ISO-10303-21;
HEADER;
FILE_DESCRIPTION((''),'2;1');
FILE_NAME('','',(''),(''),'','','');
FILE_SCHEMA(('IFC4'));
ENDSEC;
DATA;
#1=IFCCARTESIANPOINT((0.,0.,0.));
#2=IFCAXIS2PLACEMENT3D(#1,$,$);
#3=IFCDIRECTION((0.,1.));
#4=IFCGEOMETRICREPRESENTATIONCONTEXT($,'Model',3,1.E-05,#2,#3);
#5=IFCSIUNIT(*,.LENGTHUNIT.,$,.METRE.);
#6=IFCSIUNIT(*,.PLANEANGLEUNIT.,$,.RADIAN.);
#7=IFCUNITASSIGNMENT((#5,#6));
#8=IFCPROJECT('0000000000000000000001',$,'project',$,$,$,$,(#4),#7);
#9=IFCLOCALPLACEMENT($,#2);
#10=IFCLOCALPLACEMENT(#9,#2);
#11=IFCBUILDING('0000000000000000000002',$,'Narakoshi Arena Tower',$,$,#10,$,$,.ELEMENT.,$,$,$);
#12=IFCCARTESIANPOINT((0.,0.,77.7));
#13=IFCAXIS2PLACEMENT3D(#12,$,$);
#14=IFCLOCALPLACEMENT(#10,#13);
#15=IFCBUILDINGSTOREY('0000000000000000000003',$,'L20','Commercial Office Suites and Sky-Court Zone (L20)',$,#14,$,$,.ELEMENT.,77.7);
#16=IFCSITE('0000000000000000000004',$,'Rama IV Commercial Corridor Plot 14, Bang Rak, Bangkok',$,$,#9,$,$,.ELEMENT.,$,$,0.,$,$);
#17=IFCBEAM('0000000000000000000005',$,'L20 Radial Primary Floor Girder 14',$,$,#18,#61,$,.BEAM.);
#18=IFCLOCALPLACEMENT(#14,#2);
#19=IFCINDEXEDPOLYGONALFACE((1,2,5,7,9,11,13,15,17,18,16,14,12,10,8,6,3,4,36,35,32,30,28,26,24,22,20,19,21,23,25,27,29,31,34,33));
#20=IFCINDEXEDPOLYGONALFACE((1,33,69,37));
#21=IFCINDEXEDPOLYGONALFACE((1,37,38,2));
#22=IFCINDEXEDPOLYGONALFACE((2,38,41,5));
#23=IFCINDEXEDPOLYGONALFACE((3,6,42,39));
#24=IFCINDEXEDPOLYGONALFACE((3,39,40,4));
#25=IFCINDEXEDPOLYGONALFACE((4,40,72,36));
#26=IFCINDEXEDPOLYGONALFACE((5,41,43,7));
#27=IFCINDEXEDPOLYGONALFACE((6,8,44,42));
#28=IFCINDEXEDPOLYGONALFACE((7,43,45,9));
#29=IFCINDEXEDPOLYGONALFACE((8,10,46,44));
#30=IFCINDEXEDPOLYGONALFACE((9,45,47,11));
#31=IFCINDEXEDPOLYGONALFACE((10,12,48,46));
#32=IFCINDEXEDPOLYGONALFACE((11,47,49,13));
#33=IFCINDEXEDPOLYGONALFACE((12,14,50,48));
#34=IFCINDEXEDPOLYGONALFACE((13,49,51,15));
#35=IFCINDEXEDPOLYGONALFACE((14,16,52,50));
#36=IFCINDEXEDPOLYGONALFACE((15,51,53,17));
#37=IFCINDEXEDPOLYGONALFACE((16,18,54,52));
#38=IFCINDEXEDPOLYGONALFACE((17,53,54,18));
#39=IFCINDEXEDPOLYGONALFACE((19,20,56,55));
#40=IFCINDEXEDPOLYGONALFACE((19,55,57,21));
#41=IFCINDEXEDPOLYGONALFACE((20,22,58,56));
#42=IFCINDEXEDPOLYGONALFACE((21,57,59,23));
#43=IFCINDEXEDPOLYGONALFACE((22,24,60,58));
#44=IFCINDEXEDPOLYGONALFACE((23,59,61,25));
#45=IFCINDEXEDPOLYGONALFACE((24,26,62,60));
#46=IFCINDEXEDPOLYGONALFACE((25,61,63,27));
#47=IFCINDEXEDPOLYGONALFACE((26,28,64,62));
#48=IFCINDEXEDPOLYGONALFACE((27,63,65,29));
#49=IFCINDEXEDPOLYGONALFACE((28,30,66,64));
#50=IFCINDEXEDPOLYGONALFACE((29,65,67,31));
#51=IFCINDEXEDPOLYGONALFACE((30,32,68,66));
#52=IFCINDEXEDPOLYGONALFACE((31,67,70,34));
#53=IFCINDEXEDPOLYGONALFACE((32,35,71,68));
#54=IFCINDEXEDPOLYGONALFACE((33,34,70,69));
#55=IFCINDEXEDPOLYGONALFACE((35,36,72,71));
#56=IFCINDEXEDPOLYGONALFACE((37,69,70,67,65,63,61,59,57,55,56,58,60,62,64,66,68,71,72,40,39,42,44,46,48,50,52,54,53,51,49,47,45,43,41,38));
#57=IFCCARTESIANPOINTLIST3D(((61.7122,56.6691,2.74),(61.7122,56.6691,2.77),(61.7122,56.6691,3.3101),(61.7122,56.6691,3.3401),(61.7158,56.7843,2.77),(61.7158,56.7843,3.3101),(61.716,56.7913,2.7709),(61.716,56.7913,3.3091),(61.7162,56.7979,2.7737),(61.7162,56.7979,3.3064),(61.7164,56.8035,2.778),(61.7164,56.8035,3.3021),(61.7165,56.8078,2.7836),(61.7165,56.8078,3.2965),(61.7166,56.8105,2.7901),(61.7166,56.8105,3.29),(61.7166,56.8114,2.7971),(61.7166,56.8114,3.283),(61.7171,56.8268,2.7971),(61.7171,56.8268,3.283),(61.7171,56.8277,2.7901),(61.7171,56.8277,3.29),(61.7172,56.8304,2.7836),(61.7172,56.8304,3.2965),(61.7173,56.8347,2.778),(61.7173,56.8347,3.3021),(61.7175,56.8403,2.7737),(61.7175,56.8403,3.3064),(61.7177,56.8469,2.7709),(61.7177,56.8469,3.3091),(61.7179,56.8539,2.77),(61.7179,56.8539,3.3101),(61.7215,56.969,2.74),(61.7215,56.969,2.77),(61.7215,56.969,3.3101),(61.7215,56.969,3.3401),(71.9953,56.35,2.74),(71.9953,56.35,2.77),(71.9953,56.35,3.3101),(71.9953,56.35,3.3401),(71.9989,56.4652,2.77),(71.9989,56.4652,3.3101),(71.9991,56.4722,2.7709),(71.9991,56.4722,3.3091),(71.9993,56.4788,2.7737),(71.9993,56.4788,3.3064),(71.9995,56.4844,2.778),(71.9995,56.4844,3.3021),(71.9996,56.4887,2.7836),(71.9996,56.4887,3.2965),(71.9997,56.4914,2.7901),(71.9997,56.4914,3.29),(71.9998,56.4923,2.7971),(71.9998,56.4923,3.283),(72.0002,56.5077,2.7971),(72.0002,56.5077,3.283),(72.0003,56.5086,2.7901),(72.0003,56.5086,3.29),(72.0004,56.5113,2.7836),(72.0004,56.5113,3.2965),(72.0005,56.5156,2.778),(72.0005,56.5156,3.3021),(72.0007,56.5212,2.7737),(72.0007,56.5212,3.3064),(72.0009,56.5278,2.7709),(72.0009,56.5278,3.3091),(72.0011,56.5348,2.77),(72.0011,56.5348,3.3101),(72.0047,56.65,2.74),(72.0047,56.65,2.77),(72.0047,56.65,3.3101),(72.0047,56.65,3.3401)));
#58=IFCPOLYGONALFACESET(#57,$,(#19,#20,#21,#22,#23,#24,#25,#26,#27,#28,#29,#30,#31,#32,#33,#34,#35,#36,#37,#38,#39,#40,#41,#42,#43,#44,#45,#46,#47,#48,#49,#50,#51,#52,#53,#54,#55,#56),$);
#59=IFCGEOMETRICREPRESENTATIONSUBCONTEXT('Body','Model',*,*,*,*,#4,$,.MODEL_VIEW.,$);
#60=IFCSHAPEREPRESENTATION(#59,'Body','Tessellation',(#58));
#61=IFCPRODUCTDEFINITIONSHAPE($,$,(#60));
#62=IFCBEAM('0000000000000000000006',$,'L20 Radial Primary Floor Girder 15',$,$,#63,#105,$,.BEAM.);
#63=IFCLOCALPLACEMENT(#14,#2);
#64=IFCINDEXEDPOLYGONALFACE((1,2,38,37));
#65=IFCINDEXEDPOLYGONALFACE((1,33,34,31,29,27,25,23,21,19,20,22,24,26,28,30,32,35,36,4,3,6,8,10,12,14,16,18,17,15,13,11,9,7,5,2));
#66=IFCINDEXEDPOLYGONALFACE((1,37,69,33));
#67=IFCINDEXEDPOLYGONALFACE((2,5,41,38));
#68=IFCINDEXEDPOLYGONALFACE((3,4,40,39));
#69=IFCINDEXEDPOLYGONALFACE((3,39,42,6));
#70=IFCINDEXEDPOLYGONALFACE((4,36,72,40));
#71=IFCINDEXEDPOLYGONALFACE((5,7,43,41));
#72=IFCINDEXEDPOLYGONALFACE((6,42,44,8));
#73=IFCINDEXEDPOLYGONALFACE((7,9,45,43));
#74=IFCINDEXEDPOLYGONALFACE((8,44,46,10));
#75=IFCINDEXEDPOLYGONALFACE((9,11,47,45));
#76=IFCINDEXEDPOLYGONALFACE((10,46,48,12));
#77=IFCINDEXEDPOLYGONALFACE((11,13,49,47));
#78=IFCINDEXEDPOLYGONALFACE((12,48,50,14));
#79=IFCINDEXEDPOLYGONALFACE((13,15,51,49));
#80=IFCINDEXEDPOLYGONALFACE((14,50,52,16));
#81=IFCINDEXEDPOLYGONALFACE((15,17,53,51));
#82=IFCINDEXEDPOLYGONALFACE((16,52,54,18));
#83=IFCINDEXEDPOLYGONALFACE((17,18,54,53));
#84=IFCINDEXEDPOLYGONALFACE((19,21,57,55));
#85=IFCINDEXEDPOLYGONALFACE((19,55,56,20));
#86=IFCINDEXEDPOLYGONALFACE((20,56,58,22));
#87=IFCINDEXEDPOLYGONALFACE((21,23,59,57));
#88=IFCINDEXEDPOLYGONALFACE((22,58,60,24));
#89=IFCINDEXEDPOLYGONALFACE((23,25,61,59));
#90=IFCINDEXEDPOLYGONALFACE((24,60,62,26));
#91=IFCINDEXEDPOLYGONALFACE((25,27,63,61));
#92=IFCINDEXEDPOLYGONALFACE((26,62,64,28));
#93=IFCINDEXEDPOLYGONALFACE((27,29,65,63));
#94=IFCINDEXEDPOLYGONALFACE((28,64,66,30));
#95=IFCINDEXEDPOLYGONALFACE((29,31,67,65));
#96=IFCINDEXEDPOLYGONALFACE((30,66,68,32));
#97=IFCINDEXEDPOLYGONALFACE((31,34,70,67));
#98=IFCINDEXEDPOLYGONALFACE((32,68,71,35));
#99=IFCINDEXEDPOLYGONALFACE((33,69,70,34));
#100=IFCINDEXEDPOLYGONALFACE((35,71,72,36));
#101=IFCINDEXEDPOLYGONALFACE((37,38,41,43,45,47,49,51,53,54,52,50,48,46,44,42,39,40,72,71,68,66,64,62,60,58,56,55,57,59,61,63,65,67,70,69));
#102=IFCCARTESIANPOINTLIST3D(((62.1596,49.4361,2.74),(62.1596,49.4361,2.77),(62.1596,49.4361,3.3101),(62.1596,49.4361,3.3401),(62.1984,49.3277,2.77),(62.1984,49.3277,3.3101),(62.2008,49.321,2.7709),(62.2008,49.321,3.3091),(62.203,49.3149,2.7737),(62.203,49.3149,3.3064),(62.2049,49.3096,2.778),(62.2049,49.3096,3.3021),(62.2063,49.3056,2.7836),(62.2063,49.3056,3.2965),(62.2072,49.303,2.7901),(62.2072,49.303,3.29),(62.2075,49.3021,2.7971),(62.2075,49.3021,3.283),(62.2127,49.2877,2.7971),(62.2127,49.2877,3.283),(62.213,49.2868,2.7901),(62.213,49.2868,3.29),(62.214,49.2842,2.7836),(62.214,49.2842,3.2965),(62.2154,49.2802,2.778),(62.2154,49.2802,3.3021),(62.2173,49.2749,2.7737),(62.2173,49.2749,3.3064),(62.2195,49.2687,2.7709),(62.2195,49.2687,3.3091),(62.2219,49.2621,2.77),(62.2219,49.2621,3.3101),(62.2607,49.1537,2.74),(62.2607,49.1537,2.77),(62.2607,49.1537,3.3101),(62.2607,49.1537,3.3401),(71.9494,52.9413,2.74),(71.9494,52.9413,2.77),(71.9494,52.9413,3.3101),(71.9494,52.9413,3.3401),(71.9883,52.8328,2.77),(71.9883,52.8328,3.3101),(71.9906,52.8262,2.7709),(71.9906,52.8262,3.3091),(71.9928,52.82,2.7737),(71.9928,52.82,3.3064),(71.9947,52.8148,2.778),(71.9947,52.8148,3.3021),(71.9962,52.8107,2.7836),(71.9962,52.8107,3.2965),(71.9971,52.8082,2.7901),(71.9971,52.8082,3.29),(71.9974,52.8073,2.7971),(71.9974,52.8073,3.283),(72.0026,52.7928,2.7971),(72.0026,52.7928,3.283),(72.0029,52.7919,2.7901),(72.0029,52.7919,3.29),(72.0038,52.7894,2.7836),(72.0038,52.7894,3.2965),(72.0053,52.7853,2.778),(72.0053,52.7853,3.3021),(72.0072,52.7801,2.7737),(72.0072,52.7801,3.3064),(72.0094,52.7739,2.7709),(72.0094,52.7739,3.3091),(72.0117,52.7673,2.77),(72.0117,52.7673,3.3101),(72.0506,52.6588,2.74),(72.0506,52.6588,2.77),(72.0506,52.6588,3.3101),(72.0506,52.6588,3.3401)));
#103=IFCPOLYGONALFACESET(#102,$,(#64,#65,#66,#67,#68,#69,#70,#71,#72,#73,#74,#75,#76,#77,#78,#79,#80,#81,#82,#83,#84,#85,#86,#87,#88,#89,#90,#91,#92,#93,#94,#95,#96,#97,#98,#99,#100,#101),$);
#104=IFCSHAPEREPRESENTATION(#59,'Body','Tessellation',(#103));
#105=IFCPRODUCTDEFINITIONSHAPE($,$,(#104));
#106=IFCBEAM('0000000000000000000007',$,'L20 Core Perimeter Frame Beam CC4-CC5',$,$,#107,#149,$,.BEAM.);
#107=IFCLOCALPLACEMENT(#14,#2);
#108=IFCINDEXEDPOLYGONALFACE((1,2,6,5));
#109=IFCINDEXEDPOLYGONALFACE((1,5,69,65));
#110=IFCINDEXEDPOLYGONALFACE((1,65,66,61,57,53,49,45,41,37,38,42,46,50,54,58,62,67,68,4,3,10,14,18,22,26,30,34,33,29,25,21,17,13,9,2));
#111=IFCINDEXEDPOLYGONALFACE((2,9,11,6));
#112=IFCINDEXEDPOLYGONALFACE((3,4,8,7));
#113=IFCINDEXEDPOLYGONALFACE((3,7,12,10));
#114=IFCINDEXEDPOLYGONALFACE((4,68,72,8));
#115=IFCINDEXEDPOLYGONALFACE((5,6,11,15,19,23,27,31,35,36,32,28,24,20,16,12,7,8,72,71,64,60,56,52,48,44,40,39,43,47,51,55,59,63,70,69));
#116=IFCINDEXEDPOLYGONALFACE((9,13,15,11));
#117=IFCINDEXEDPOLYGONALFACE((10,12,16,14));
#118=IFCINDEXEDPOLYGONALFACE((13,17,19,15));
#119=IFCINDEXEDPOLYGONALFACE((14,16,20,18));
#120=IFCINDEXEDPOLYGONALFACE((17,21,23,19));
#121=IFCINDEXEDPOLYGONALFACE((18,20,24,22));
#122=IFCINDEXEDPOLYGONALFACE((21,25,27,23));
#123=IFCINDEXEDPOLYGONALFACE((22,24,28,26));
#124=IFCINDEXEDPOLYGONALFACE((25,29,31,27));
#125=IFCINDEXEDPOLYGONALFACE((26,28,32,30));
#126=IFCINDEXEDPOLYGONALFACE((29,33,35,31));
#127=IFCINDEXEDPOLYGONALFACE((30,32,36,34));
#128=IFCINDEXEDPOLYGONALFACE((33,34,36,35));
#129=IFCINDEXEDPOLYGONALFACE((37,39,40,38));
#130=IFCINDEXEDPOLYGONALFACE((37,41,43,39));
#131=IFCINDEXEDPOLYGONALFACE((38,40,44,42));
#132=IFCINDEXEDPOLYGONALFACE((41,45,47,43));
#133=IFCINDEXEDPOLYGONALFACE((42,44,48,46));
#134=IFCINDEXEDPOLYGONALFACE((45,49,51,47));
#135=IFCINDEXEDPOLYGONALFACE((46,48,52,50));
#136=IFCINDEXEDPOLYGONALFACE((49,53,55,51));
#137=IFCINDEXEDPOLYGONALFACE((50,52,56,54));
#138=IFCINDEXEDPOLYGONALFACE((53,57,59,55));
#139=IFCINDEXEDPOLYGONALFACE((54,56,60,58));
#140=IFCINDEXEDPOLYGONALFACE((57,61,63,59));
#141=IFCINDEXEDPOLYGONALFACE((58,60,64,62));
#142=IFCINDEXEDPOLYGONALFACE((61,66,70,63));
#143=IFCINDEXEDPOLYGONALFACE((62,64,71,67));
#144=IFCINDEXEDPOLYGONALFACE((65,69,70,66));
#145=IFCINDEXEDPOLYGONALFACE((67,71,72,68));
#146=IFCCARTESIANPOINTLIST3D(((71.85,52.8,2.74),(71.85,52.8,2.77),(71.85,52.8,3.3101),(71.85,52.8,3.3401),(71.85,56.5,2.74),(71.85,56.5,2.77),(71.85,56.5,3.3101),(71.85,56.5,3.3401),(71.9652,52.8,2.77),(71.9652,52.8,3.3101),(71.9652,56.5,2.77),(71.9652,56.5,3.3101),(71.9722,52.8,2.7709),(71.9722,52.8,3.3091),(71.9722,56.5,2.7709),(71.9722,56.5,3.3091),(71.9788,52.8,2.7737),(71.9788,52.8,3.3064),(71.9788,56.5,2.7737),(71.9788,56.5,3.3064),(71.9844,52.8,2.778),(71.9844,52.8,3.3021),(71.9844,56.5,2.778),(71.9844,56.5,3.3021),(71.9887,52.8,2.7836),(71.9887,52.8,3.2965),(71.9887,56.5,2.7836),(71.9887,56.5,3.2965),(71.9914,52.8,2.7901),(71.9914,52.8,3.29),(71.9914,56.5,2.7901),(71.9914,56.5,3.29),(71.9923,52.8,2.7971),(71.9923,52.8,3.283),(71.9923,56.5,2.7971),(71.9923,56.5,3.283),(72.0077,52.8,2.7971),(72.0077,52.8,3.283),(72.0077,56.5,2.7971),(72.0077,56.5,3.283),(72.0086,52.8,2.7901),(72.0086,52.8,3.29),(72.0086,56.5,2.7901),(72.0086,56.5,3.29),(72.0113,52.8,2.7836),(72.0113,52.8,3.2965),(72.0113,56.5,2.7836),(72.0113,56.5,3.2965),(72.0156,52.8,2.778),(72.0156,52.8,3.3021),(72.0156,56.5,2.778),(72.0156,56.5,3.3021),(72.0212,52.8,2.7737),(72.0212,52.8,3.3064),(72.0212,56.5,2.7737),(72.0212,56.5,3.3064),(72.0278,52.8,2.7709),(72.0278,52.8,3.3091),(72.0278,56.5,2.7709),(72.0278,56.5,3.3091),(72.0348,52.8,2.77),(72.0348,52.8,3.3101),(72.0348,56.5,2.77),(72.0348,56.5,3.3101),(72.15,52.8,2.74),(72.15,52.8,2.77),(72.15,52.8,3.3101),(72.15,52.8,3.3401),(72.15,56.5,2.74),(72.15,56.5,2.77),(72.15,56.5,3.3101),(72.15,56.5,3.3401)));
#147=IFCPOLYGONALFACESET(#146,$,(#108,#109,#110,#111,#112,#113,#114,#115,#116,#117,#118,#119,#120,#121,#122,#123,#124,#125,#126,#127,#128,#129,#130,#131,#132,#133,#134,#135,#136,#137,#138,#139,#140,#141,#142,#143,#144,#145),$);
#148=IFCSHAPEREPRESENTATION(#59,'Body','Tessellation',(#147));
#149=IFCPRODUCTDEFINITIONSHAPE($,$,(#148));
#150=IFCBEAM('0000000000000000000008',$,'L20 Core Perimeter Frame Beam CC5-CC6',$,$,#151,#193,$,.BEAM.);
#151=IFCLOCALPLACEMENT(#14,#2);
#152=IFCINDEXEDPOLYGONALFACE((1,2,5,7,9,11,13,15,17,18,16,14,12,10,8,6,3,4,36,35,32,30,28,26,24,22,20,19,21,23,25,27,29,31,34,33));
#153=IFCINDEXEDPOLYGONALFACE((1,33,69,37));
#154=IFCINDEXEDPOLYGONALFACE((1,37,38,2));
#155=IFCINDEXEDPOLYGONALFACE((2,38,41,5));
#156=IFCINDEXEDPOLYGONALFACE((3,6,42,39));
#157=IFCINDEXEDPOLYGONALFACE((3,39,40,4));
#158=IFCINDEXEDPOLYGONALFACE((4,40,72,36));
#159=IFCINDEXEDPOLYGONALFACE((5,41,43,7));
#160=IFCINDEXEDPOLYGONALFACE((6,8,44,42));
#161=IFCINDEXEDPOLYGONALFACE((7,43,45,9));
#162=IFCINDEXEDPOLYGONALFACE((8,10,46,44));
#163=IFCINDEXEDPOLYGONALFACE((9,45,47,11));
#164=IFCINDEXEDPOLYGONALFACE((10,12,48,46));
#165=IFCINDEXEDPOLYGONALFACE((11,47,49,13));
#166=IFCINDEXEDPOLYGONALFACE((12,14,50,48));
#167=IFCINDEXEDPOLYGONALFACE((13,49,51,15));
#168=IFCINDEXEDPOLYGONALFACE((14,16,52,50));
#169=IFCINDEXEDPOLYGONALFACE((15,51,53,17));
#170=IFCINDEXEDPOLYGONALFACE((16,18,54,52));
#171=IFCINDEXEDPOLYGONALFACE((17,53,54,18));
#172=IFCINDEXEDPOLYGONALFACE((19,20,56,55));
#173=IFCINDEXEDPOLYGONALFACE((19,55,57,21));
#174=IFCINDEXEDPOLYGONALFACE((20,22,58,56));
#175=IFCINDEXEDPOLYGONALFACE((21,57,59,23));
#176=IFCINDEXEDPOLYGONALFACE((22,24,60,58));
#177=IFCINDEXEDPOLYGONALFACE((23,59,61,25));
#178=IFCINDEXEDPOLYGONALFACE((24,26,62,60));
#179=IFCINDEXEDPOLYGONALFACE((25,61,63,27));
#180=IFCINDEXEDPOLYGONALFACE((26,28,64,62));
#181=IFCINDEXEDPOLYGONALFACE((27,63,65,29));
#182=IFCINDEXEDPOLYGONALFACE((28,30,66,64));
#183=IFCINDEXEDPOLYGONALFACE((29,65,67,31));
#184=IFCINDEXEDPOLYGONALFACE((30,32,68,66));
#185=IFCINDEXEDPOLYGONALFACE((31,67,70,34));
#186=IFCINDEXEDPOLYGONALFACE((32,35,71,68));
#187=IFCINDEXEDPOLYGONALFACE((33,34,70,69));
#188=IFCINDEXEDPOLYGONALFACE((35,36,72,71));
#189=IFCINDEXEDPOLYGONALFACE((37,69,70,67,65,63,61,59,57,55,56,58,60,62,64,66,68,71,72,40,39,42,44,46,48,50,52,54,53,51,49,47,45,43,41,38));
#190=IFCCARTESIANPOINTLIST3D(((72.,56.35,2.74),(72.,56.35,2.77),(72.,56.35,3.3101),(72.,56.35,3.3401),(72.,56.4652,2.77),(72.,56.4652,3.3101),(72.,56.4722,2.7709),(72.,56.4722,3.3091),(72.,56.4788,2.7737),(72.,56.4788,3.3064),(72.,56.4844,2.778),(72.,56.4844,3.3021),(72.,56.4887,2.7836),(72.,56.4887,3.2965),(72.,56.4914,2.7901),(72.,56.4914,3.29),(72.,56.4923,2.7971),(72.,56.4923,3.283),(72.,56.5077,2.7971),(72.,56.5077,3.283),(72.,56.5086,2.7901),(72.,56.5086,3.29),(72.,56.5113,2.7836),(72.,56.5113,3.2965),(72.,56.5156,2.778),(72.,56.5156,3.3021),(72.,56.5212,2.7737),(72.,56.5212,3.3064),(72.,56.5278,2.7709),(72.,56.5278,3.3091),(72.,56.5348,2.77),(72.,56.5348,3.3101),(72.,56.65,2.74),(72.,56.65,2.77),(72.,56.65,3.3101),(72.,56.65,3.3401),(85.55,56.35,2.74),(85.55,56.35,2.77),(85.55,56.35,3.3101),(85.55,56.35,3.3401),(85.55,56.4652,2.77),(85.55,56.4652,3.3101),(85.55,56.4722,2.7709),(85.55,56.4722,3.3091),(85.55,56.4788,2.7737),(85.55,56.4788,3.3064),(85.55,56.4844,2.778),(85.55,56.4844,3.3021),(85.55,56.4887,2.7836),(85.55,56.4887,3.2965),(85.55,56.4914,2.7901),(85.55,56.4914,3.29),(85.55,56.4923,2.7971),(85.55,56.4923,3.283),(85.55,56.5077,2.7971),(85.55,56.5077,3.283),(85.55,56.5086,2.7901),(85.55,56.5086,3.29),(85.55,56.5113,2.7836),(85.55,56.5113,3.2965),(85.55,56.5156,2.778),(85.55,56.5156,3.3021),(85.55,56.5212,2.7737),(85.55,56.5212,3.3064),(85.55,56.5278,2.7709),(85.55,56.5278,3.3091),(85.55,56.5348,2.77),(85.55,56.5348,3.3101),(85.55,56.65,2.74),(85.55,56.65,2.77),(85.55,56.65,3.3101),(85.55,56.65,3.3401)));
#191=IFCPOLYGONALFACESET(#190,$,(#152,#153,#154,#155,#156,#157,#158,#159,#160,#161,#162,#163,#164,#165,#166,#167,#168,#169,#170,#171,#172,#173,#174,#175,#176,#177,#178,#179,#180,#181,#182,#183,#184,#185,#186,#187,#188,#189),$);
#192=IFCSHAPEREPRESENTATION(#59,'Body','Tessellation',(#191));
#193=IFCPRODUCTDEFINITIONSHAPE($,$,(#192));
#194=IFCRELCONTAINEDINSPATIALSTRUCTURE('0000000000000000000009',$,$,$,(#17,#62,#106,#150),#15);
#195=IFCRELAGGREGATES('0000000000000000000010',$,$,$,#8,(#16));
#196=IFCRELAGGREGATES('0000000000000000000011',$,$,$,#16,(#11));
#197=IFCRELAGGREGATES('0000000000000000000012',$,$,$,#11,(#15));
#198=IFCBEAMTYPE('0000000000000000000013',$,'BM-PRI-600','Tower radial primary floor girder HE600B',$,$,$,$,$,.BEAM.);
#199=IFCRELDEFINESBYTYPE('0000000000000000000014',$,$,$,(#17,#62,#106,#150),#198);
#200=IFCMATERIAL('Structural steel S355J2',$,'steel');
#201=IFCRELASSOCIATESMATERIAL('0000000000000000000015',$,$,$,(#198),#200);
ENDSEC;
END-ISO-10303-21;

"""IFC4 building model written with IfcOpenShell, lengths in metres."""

from ifc_helpers import new_model, si_unit, direction, frame, origin, origin_2d, place, context, subcontext, project, spatial, i_section, extrude, material, material_profile, profile_set, type_object, element, save


model = new_model("IFC4")

# Units and contexts
model_context = context("Model", 3, precision=1e-05, world=origin(), true_north=direction((0.0, 1.0)))
body_context = subcontext(model_context, "Body", "Model", "MODEL_VIEW")
ifc_project = project(units=[si_unit("LENGTHUNIT", "METRE"), si_unit("PLANEANGLEUNIT", "RADIAN")], contexts=[model_context])

# Site, building, storey
site_placement = place(None, origin())
site = spatial("IfcSite", under=ifc_project, at=site_placement, Name="Rama IV Commercial Corridor Plot 14, Bang Rak, Bangkok", CompositionType="ELEMENT", RefElevation=0.0)
building_placement = place(site_placement, origin())
building = spatial("IfcBuilding", under=site, at=building_placement, Name="Narakoshi Arena Tower", CompositionType="ELEMENT")
storey_placement = place(building_placement, frame((0.0, 0.0, 77.7)))
storey = spatial("IfcBuildingStorey", under=building, at=storey_placement, Name="L20", Description="Commercial Office Suites and Sky-Court Zone (L20)", CompositionType="ELEMENT", Elevation=77.7)

# Beams
ifc_material_1 = material(Name="Structural steel S355J2", Category="steel")
ifc_material_profile_1 = material_profile(ifc_material_1, i_section(OverallWidth=0.3, OverallDepth=0.6001, WebThickness=0.0154, FlangeThickness=0.03, FilletRadius=0.0271, at=origin_2d()), Name="HE600B")
ifc_profile_set_1 = profile_set([ifc_material_profile_1], Name="Structural steel S355J2")
beam_type = type_object("IfcBeamType", Name="BM-PRI-600", Description="Tower radial primary floor girder HE600B", PredefinedType="BEAM", material=ifc_profile_set_1)
beam_1_placement = place(storey_placement, frame((72.0, 56.5, 3.04), z_axis=(-0.999519, 0.031015, 0.0), x_axis=(-0.031015, -0.999519, 0.0)))
element("IfcBeam", 1, at=beam_1_placement, inside=storey, type_object=beam_type, Name="L20 Radial Primary Floor Girder 14", PredefinedType="BEAM", context=body_context, shape_type="SweptSolid", body=[
    extrude(i_section(OverallWidth=0.3, OverallDepth=0.6001, WebThickness=0.0154, FlangeThickness=0.03, FilletRadius=0.0271, at=origin_2d()), origin(), (0.0, 0.0, 1.0), 10.2881),
])
beam_2_placement = place(storey_placement, frame((72.0, 52.8, 3.04), z_axis=(-0.941474, -0.337084, 0.0), x_axis=(0.337084, -0.941474, 0.0)))
element("IfcBeam", 2, at=beam_2_placement, inside=storey, type_object=beam_type, Name="L20 Radial Primary Floor Girder 15", PredefinedType="BEAM", context=body_context, shape_type="SweptSolid", body=[
    extrude(i_section(OverallWidth=0.3, OverallDepth=0.6001, WebThickness=0.0154, FlangeThickness=0.03, FilletRadius=0.0271, at=origin_2d()), origin(), (0.0, 0.0, 1.0), 10.3984),
])
beam_3_placement = place(storey_placement, frame((72.0, 52.8, 3.04), z_axis=(0.0, 1.0, 0.0), x_axis=(-1.0, 0.0, 0.0)))
element("IfcBeam", 3, at=beam_3_placement, inside=storey, type_object=beam_type, Name="L20 Core Perimeter Frame Beam CC4-CC5", PredefinedType="BEAM", context=body_context, shape_type="SweptSolid", body=[
    extrude(i_section(OverallWidth=0.3, OverallDepth=0.6001, WebThickness=0.0154, FlangeThickness=0.03, FilletRadius=0.0271, at=origin_2d()), origin(), (0.0, 0.0, 1.0), 3.7),
])
beam_4_placement = place(storey_placement, frame((72.0, 56.5, 3.04), z_axis=(1.0, 0.0, 0.0), x_axis=(0.0, 1.0, 0.0)))
element("IfcBeam", 4, at=beam_4_placement, inside=storey, type_object=beam_type, Name="L20 Core Perimeter Frame Beam CC5-CC6", PredefinedType="BEAM", context=body_context, shape_type="SweptSolid", body=[
    extrude(i_section(OverallWidth=0.3, OverallDepth=0.6001, WebThickness=0.0154, FlangeThickness=0.03, FilletRadius=0.0271, at=origin_2d()), origin(), (0.0, 0.0, 1.0), 13.55),
])

save(model, "model.ifc")
